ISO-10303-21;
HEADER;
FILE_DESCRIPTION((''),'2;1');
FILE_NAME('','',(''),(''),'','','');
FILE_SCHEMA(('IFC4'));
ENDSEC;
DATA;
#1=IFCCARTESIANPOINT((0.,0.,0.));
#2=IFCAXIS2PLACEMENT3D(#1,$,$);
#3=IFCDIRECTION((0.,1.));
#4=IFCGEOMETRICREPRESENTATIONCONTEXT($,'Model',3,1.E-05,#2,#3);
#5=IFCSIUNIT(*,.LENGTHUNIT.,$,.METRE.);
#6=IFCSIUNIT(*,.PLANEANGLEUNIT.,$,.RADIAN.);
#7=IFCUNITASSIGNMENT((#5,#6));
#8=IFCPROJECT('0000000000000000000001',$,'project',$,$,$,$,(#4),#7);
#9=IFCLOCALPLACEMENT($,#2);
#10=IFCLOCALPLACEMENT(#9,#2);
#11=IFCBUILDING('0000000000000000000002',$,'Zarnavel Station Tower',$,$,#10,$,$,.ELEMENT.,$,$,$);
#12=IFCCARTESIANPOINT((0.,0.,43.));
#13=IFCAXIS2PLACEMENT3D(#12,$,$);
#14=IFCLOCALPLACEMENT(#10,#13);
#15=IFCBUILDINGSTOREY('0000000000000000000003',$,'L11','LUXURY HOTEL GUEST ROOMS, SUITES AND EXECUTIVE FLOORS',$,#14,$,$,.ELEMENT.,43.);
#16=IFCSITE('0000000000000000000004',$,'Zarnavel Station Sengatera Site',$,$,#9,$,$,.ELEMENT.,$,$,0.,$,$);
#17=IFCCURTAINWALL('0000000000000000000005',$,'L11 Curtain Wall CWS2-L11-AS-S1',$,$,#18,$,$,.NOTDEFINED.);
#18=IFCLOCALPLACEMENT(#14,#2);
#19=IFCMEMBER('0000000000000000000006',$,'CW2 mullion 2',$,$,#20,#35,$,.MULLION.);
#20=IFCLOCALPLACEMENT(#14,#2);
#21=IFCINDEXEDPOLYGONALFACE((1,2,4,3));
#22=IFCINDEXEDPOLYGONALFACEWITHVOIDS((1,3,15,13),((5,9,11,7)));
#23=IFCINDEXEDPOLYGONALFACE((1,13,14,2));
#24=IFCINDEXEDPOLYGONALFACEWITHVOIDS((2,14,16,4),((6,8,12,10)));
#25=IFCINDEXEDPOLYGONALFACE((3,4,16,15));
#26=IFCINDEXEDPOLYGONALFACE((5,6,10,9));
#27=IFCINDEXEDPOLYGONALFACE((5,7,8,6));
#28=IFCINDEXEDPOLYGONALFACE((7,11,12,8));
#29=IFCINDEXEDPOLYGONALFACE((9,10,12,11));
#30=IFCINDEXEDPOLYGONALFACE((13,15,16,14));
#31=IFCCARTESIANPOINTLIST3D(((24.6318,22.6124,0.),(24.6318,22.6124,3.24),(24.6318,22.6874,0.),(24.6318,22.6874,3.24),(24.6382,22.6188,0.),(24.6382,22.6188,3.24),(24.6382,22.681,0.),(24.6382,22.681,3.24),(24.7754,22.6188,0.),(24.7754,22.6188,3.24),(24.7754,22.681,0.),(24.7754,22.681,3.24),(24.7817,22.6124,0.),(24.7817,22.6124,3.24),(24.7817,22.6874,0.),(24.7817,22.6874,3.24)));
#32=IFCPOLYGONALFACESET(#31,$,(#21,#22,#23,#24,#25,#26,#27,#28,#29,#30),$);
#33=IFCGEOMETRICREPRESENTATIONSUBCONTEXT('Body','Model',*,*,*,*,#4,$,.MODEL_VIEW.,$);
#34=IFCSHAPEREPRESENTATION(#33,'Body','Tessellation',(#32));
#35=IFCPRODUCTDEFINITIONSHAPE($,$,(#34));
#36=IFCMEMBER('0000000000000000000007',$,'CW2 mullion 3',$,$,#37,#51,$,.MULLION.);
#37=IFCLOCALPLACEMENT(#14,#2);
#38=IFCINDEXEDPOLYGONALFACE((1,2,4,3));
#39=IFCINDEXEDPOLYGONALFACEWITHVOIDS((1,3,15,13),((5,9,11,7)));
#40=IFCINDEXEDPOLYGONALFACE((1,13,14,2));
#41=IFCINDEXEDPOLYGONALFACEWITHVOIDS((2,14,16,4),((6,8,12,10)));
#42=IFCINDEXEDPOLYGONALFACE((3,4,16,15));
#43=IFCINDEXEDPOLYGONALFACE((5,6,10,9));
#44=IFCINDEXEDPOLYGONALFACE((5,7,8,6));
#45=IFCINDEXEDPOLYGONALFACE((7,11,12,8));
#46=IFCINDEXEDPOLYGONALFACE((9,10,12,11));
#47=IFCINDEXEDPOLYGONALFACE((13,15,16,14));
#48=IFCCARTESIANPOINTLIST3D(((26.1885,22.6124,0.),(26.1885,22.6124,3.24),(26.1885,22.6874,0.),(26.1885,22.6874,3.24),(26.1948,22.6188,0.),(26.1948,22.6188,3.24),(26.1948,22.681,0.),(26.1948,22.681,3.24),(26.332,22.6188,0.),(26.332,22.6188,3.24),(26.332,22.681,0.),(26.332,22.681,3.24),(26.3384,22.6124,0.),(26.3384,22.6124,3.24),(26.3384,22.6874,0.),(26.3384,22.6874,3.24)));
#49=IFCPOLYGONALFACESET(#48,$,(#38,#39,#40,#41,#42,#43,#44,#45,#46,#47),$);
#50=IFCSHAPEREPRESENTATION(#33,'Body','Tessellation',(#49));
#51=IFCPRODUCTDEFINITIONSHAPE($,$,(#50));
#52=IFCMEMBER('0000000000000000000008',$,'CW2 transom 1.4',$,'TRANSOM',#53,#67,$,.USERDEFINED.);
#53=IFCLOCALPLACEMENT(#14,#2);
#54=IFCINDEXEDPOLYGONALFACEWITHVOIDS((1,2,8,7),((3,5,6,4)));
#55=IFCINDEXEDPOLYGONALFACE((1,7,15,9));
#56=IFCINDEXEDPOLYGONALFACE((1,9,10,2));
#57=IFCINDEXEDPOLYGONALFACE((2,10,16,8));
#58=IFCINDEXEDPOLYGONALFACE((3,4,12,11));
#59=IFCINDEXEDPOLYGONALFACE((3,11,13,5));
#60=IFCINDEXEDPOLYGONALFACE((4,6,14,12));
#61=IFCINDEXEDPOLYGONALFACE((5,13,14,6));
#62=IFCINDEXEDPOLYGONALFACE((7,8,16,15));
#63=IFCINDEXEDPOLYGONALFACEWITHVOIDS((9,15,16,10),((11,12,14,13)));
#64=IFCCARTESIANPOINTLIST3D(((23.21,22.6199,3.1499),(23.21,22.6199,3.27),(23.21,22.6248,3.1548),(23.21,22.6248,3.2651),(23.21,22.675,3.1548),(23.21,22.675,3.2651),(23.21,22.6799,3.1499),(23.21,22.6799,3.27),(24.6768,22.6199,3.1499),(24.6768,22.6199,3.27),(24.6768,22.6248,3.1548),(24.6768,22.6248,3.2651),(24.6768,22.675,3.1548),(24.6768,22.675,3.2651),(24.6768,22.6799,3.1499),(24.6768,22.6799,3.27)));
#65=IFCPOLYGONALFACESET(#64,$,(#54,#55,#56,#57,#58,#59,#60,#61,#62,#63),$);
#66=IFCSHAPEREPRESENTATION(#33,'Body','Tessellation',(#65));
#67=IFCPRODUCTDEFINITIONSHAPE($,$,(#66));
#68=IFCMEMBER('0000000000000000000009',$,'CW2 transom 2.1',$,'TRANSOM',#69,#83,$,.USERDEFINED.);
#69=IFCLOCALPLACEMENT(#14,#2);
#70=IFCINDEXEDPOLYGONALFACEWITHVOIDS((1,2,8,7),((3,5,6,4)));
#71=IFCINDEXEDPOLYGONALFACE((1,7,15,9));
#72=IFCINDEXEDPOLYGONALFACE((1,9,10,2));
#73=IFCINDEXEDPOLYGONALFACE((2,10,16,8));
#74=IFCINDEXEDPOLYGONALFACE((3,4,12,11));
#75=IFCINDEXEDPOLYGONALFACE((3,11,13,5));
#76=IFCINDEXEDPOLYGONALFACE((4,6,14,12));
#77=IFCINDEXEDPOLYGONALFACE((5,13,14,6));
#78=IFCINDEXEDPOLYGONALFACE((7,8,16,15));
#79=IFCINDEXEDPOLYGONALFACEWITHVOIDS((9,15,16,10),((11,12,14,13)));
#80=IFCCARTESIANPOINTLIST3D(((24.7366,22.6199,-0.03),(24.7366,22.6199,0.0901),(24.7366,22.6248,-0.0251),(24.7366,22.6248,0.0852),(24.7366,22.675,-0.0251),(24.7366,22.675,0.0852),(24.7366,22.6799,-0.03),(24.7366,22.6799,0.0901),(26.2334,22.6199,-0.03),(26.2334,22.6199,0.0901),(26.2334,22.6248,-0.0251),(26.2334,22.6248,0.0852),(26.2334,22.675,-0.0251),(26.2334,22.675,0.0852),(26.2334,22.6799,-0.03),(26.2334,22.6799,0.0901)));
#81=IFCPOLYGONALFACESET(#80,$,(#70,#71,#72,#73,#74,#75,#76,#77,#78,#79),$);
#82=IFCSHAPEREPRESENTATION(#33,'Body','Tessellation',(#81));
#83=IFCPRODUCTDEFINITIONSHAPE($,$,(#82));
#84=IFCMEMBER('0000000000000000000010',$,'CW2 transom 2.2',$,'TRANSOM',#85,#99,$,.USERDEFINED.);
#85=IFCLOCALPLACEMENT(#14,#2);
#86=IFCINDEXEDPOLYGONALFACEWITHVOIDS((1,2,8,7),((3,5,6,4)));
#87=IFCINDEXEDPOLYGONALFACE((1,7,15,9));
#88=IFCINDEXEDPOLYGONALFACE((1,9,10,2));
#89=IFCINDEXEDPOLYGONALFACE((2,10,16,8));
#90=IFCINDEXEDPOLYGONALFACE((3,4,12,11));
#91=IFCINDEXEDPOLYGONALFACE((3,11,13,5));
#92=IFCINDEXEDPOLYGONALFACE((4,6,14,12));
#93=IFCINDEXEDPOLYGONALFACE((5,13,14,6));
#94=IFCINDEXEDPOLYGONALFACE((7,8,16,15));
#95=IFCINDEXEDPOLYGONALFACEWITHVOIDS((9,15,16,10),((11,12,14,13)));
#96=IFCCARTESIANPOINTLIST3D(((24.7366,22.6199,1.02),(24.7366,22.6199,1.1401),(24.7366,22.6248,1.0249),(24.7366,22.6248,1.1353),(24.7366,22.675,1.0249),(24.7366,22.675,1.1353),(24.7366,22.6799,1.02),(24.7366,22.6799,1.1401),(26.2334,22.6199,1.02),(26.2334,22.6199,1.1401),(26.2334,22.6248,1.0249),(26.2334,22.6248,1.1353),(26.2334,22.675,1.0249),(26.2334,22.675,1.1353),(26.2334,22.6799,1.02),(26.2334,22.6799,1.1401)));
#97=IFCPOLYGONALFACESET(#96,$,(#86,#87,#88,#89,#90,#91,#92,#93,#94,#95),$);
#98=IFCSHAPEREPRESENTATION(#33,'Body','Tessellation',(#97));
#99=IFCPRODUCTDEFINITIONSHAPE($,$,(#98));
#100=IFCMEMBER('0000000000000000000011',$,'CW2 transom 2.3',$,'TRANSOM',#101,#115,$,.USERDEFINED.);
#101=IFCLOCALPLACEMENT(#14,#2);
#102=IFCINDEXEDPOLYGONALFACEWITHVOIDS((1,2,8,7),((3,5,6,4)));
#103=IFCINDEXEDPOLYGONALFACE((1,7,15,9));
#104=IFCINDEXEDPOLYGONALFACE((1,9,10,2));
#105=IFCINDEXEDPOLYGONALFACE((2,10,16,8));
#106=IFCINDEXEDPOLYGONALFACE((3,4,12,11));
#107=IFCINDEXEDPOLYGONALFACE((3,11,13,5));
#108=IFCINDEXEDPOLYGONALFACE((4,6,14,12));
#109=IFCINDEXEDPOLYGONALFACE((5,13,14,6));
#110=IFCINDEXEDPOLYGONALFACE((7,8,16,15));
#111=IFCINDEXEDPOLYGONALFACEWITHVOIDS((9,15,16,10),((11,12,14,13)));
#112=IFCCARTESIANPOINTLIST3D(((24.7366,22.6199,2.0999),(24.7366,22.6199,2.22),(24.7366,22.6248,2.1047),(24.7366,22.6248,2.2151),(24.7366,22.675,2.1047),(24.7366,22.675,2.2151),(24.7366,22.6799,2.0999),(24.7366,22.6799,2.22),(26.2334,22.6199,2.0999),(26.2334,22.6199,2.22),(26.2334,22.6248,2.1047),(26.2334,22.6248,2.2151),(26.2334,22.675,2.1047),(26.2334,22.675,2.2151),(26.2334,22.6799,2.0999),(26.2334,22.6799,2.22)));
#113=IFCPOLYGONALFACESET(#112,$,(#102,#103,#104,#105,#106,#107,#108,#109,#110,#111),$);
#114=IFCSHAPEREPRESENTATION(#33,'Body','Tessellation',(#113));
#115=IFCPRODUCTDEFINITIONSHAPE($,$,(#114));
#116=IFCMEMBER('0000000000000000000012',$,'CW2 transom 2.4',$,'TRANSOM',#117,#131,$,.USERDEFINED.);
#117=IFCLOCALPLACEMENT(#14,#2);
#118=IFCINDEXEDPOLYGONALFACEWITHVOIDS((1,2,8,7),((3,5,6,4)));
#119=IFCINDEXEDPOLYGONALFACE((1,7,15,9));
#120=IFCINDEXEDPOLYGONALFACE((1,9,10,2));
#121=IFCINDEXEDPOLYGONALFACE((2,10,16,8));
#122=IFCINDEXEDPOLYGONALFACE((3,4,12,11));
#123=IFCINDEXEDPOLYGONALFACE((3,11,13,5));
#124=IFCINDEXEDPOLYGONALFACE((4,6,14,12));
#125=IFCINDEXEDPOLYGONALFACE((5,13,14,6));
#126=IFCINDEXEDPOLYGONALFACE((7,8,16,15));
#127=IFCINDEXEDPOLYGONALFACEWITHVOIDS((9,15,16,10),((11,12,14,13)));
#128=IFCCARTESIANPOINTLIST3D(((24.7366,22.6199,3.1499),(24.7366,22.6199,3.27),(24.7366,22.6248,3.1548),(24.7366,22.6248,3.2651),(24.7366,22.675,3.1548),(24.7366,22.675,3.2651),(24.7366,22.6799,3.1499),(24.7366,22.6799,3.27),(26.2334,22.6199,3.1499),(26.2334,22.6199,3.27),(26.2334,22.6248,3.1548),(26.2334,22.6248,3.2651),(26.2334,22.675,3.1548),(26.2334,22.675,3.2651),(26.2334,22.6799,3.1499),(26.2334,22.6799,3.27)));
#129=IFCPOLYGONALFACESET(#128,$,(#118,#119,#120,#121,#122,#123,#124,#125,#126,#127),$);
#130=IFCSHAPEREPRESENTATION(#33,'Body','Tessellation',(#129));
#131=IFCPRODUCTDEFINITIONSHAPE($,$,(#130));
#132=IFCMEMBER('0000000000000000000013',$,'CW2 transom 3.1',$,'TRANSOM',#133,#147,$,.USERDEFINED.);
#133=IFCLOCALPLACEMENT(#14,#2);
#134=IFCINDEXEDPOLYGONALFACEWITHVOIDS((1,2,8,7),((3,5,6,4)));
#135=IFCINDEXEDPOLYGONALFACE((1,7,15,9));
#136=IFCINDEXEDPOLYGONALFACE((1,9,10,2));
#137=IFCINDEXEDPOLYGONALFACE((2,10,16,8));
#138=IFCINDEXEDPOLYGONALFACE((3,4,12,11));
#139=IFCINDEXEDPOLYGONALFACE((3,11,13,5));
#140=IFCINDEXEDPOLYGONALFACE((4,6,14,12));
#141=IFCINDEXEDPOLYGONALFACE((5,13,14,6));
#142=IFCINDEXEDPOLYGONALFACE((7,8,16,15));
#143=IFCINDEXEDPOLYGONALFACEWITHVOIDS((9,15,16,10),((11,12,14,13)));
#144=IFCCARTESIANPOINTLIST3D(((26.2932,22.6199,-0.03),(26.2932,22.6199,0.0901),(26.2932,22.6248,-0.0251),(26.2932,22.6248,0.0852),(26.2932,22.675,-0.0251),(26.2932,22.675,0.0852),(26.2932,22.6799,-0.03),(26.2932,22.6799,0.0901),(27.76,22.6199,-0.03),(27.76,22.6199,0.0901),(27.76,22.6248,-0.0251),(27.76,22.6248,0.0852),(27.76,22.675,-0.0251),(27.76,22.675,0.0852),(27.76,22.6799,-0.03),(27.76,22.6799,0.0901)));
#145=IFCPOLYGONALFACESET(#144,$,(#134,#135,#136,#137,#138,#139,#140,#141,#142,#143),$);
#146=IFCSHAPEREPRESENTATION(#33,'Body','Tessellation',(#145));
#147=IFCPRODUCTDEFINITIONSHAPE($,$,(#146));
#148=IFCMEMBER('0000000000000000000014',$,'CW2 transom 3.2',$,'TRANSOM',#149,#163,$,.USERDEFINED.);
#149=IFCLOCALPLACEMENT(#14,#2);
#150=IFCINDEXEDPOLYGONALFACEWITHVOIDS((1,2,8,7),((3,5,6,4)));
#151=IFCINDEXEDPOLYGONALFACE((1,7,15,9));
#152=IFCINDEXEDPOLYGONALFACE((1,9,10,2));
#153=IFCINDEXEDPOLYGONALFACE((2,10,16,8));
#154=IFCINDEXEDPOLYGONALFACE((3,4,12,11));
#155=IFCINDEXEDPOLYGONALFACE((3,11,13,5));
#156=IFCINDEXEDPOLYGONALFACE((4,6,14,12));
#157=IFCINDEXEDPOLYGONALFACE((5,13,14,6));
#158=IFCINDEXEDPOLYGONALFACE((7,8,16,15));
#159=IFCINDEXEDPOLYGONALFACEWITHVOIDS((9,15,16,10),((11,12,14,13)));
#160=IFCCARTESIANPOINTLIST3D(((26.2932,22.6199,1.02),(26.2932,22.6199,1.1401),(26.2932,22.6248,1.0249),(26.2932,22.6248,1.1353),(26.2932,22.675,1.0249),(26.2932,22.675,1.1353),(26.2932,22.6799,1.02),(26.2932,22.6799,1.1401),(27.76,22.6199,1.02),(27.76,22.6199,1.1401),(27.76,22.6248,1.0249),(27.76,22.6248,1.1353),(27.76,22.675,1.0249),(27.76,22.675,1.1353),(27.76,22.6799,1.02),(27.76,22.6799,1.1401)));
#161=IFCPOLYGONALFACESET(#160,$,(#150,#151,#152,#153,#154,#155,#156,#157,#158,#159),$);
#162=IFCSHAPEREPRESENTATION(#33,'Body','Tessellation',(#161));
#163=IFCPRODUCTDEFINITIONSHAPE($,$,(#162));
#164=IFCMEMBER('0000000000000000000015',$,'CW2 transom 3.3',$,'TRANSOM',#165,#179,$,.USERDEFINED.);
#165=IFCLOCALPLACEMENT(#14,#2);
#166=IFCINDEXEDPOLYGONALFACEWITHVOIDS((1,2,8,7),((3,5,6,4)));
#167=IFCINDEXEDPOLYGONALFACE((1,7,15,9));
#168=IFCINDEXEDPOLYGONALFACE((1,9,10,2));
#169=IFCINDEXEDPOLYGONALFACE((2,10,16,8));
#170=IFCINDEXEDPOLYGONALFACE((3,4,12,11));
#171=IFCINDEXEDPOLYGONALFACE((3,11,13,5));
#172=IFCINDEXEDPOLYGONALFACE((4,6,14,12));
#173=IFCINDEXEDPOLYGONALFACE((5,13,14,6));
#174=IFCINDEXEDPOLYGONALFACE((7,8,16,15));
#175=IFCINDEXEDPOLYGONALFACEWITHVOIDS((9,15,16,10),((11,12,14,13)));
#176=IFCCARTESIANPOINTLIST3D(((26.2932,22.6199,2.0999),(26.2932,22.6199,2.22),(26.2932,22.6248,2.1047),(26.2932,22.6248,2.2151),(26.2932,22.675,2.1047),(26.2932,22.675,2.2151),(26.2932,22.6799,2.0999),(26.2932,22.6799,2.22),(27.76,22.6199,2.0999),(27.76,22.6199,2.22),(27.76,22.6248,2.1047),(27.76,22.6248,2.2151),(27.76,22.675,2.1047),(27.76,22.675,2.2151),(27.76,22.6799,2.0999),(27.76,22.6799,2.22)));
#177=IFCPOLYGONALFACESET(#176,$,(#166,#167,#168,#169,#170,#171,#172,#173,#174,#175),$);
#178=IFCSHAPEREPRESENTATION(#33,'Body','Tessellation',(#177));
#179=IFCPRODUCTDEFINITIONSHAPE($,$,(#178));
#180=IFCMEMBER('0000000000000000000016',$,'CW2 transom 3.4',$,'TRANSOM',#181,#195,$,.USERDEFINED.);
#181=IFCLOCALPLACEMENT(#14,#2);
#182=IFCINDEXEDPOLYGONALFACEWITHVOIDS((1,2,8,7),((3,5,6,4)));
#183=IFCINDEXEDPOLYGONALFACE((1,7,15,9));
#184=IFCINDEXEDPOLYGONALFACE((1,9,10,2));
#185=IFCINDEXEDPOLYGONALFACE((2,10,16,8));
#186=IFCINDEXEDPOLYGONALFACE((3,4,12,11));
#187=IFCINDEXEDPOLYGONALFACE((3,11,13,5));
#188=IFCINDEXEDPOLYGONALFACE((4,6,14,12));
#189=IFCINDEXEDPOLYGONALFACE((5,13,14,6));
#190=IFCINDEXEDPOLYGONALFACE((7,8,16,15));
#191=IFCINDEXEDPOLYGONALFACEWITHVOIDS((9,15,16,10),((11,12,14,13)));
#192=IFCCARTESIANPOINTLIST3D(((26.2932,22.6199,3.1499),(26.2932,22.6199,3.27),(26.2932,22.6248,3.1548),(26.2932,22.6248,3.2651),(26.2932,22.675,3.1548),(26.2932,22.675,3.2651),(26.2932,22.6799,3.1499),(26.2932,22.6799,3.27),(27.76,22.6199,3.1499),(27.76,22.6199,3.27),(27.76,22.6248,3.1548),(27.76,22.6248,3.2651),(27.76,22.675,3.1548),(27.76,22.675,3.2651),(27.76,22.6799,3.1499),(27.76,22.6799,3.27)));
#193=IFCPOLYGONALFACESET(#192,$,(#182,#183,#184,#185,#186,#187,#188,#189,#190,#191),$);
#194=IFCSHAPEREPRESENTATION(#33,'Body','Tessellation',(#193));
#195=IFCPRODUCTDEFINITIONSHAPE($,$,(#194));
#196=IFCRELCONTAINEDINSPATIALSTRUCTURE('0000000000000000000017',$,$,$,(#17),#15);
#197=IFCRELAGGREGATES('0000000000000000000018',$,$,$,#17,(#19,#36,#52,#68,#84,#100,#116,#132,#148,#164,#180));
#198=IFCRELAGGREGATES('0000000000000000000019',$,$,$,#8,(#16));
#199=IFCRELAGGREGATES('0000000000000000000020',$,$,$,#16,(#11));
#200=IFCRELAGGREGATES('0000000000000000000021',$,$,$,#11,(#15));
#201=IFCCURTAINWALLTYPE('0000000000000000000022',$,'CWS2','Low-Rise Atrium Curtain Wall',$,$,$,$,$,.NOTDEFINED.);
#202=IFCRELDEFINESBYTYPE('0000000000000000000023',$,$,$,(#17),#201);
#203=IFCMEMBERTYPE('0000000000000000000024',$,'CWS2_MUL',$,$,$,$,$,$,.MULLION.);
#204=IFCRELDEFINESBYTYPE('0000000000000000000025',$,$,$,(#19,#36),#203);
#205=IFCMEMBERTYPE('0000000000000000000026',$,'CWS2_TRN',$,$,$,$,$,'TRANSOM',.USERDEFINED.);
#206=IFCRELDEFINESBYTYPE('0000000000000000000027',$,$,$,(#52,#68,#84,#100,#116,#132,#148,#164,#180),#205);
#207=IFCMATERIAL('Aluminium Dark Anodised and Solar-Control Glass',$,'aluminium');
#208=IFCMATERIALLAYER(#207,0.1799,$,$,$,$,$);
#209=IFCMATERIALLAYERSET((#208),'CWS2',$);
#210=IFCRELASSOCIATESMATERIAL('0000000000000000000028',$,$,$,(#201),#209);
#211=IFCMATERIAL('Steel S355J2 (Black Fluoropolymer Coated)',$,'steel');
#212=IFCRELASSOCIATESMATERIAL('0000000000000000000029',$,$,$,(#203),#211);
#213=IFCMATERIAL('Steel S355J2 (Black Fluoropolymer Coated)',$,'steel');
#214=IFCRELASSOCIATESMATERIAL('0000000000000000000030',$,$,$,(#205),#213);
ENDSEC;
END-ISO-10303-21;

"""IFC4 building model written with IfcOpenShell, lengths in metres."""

from ifc_helpers import new_model, si_unit, direction, frame, origin, origin_2d, place, context, subcontext, project, spatial, hollow_rectangle, extrude, material, layer, layer_set, material_profile, profile_set, type_object, element, aggregate, save


model = new_model("IFC4")

# Units and contexts
model_context = context("Model", 3, precision=1e-05, world=origin(), true_north=direction((0.0, 1.0)))
body_context = subcontext(model_context, "Body", "Model", "MODEL_VIEW")
ifc_project = project(units=[si_unit("LENGTHUNIT", "METRE"), si_unit("PLANEANGLEUNIT", "RADIAN")], contexts=[model_context])

# Site, building, storey
site_placement = place(None, origin())
site = spatial("IfcSite", under=ifc_project, at=site_placement, Name="Zarnavel Station Sengatera Site", CompositionType="ELEMENT", RefElevation=0.0)
building_placement = place(site_placement, origin())
building = spatial("IfcBuilding", under=site, at=building_placement, Name="Zarnavel Station Tower", CompositionType="ELEMENT")
storey_placement = place(building_placement, frame((0.0, 0.0, 43.0)))
storey = spatial("IfcBuildingStorey", under=building, at=storey_placement, Name="L11", Description="LUXURY HOTEL GUEST ROOMS, SUITES AND EXECUTIVE FLOORS", CompositionType="ELEMENT", Elevation=43.0)

# Curtain wall, members
ifc_material_1 = material(Name="Aluminium Dark Anodised and Solar-Control Glass", Category="aluminium")
ifc_layer_1 = layer(ifc_material_1, 0.1799)
ifc_layer_set_1 = layer_set([ifc_layer_1], Name="CWS2")
curtain_wall_type = type_object("IfcCurtainWallType", Name="CWS2", Description="Low-Rise Atrium Curtain Wall", PredefinedType="NOTDEFINED", material=ifc_layer_set_1)
curtain_wall_placement = place(storey_placement, origin())
curtain_wall = element("IfcCurtainWall", 1, at=curtain_wall_placement, inside=storey, type_object=curtain_wall_type, Name="L11 Curtain Wall CWS2-L11-AS-S1", PredefinedType="NOTDEFINED")
ifc_material_2 = material(Name="Steel S355J2 (Black Fluoropolymer Coated)", Category="steel")
ifc_material_profile_1 = material_profile(ifc_material_2, hollow_rectangle(XDim=0.075, YDim=0.1499, WallThickness=0.0063, at=origin_2d()), Name="RHS150x75x6.3")
ifc_profile_set_1 = profile_set([ifc_material_profile_1], Name="Steel S355J2 (Black Fluoropolymer Coated)")
member_type_1 = type_object("IfcMemberType", Name="CWS2_MUL", PredefinedType="MULLION", material=ifc_profile_set_1)
member_1_placement = place(storey_placement, frame((24.7068, 22.6499, 0.0), z_axis=(0.0, 0.0, 1.0), x_axis=(0.0, 1.0, 0.0)))
member_1 = element("IfcMember", 2, at=member_1_placement, type_object=member_type_1, Name="CW2 mullion 2", PredefinedType="MULLION", context=body_context, shape_type="SweptSolid", body=[
    extrude(hollow_rectangle(XDim=0.075, YDim=0.1499, WallThickness=0.0063, at=origin_2d()), origin(), (0.0, 0.0, 1.0), 3.24),
])
member_2_placement = place(storey_placement, frame((26.2634, 22.6499, 0.0), z_axis=(0.0, 0.0, 1.0), x_axis=(0.0, 1.0, 0.0)))
member_2 = element("IfcMember", 3, at=member_2_placement, type_object=member_type_1, Name="CW2 mullion 3", PredefinedType="MULLION", context=body_context, shape_type="SweptSolid", body=[
    extrude(hollow_rectangle(XDim=0.075, YDim=0.1499, WallThickness=0.0063, at=origin_2d()), origin(), (0.0, 0.0, 1.0), 3.24),
])
ifc_material_3 = material(Name="Steel S355J2 (Black Fluoropolymer Coated)", Category="steel")
ifc_material_profile_2 = material_profile(ifc_material_3, hollow_rectangle(XDim=0.0601, YDim=0.1201, WallThickness=0.0049, at=origin_2d()), Name="RHS120x60x5")
ifc_profile_set_2 = profile_set([ifc_material_profile_2], Name="Steel S355J2 (Black Fluoropolymer Coated)")
member_type_2 = type_object("IfcMemberType", Name="CWS2_TRN", ElementType="TRANSOM", PredefinedType="USERDEFINED", material=ifc_profile_set_2)
member_3_placement = place(storey_placement, frame((23.21, 22.6499, 3.21), z_axis=(1.0, 0.0, 0.0), x_axis=(0.0, 1.0, 0.0)))
member_3 = element("IfcMember", 4, at=member_3_placement, type_object=member_type_2, Name="CW2 transom 1.4", ObjectType="TRANSOM", PredefinedType="USERDEFINED", context=body_context, shape_type="SweptSolid", body=[
    extrude(hollow_rectangle(XDim=0.0601, YDim=0.1201, WallThickness=0.0049, at=origin_2d()), origin(), (0.0, 0.0, 1.0), 1.4668),
])
member_4_placement = place(storey_placement, frame((24.7366, 22.6499, 0.03), z_axis=(1.0, 0.0, 0.0), x_axis=(0.0, 1.0, 0.0)))
member_4 = element("IfcMember", 5, at=member_4_placement, type_object=member_type_2, Name="CW2 transom 2.1", ObjectType="TRANSOM", PredefinedType="USERDEFINED", context=body_context, shape_type="SweptSolid", body=[
    extrude(hollow_rectangle(XDim=0.0601, YDim=0.1201, WallThickness=0.0049, at=origin_2d()), origin(), (0.0, 0.0, 1.0), 1.4968),
])
member_5_placement = place(storey_placement, frame((24.7366, 22.6499, 1.0801), z_axis=(1.0, 0.0, 0.0), x_axis=(0.0, 1.0, 0.0)))
member_5 = element("IfcMember", 6, at=member_5_placement, type_object=member_type_2, Name="CW2 transom 2.2", ObjectType="TRANSOM", PredefinedType="USERDEFINED", context=body_context, shape_type="SweptSolid", body=[
    extrude(hollow_rectangle(XDim=0.0601, YDim=0.1201, WallThickness=0.0049, at=origin_2d()), origin(), (0.0, 0.0, 1.0), 1.4968),
])
member_6_placement = place(storey_placement, frame((24.7366, 22.6499, 2.1599), z_axis=(1.0, 0.0, 0.0), x_axis=(0.0, 1.0, 0.0)))
member_6 = element("IfcMember", 7, at=member_6_placement, type_object=member_type_2, Name="CW2 transom 2.3", ObjectType="TRANSOM", PredefinedType="USERDEFINED", context=body_context, shape_type="SweptSolid", body=[
    extrude(hollow_rectangle(XDim=0.0601, YDim=0.1201, WallThickness=0.0049, at=origin_2d()), origin(), (0.0, 0.0, 1.0), 1.4968),
])
member_7_placement = place(storey_placement, frame((24.7366, 22.6499, 3.21), z_axis=(1.0, 0.0, 0.0), x_axis=(0.0, 1.0, 0.0)))
member_7 = element("IfcMember", 8, at=member_7_placement, type_object=member_type_2, Name="CW2 transom 2.4", ObjectType="TRANSOM", PredefinedType="USERDEFINED", context=body_context, shape_type="SweptSolid", body=[
    extrude(hollow_rectangle(XDim=0.0601, YDim=0.1201, WallThickness=0.0049, at=origin_2d()), origin(), (0.0, 0.0, 1.0), 1.4968),
])
member_8_placement = place(storey_placement, frame((26.2932, 22.6499, 0.03), z_axis=(1.0, 0.0, 0.0), x_axis=(0.0, 1.0, 0.0)))
member_8 = element("IfcMember", 9, at=member_8_placement, type_object=member_type_2, Name="CW2 transom 3.1", ObjectType="TRANSOM", PredefinedType="USERDEFINED", context=body_context, shape_type="SweptSolid", body=[
    extrude(hollow_rectangle(XDim=0.0601, YDim=0.1201, WallThickness=0.0049, at=origin_2d()), origin(), (0.0, 0.0, 1.0), 1.4668),
])
member_9_placement = place(storey_placement, frame((26.2932, 22.6499, 1.0801), z_axis=(1.0, 0.0, 0.0), x_axis=(0.0, 1.0, 0.0)))
member_9 = element("IfcMember", 10, at=member_9_placement, type_object=member_type_2, Name="CW2 transom 3.2", ObjectType="TRANSOM", PredefinedType="USERDEFINED", context=body_context, shape_type="SweptSolid", body=[
    extrude(hollow_rectangle(XDim=0.0601, YDim=0.1201, WallThickness=0.0049, at=origin_2d()), origin(), (0.0, 0.0, 1.0), 1.4668),
])
member_10_placement = place(storey_placement, frame((26.2932, 22.6499, 2.1599), z_axis=(1.0, 0.0, 0.0), x_axis=(0.0, 1.0, 0.0)))
member_10 = element("IfcMember", 11, at=member_10_placement, type_object=member_type_2, Name="CW2 transom 3.3", ObjectType="TRANSOM", PredefinedType="USERDEFINED", context=body_context, shape_type="SweptSolid", body=[
    extrude(hollow_rectangle(XDim=0.0601, YDim=0.1201, WallThickness=0.0049, at=origin_2d()), origin(), (0.0, 0.0, 1.0), 1.4668),
])
member_11_placement = place(storey_placement, frame((26.2932, 22.6499, 3.21), z_axis=(1.0, 0.0, 0.0), x_axis=(0.0, 1.0, 0.0)))
member_11 = element("IfcMember", 12, at=member_11_placement, type_object=member_type_2, Name="CW2 transom 3.4", ObjectType="TRANSOM", PredefinedType="USERDEFINED", context=body_context, shape_type="SweptSolid", body=[
    extrude(hollow_rectangle(XDim=0.0601, YDim=0.1201, WallThickness=0.0049, at=origin_2d()), origin(), (0.0, 0.0, 1.0), 1.4668),
])
aggregate(curtain_wall, [member_1, member_2, member_3, member_4, member_5, member_6, member_7, member_8, member_9, member_10, member_11])

save(model, "model.ifc")
